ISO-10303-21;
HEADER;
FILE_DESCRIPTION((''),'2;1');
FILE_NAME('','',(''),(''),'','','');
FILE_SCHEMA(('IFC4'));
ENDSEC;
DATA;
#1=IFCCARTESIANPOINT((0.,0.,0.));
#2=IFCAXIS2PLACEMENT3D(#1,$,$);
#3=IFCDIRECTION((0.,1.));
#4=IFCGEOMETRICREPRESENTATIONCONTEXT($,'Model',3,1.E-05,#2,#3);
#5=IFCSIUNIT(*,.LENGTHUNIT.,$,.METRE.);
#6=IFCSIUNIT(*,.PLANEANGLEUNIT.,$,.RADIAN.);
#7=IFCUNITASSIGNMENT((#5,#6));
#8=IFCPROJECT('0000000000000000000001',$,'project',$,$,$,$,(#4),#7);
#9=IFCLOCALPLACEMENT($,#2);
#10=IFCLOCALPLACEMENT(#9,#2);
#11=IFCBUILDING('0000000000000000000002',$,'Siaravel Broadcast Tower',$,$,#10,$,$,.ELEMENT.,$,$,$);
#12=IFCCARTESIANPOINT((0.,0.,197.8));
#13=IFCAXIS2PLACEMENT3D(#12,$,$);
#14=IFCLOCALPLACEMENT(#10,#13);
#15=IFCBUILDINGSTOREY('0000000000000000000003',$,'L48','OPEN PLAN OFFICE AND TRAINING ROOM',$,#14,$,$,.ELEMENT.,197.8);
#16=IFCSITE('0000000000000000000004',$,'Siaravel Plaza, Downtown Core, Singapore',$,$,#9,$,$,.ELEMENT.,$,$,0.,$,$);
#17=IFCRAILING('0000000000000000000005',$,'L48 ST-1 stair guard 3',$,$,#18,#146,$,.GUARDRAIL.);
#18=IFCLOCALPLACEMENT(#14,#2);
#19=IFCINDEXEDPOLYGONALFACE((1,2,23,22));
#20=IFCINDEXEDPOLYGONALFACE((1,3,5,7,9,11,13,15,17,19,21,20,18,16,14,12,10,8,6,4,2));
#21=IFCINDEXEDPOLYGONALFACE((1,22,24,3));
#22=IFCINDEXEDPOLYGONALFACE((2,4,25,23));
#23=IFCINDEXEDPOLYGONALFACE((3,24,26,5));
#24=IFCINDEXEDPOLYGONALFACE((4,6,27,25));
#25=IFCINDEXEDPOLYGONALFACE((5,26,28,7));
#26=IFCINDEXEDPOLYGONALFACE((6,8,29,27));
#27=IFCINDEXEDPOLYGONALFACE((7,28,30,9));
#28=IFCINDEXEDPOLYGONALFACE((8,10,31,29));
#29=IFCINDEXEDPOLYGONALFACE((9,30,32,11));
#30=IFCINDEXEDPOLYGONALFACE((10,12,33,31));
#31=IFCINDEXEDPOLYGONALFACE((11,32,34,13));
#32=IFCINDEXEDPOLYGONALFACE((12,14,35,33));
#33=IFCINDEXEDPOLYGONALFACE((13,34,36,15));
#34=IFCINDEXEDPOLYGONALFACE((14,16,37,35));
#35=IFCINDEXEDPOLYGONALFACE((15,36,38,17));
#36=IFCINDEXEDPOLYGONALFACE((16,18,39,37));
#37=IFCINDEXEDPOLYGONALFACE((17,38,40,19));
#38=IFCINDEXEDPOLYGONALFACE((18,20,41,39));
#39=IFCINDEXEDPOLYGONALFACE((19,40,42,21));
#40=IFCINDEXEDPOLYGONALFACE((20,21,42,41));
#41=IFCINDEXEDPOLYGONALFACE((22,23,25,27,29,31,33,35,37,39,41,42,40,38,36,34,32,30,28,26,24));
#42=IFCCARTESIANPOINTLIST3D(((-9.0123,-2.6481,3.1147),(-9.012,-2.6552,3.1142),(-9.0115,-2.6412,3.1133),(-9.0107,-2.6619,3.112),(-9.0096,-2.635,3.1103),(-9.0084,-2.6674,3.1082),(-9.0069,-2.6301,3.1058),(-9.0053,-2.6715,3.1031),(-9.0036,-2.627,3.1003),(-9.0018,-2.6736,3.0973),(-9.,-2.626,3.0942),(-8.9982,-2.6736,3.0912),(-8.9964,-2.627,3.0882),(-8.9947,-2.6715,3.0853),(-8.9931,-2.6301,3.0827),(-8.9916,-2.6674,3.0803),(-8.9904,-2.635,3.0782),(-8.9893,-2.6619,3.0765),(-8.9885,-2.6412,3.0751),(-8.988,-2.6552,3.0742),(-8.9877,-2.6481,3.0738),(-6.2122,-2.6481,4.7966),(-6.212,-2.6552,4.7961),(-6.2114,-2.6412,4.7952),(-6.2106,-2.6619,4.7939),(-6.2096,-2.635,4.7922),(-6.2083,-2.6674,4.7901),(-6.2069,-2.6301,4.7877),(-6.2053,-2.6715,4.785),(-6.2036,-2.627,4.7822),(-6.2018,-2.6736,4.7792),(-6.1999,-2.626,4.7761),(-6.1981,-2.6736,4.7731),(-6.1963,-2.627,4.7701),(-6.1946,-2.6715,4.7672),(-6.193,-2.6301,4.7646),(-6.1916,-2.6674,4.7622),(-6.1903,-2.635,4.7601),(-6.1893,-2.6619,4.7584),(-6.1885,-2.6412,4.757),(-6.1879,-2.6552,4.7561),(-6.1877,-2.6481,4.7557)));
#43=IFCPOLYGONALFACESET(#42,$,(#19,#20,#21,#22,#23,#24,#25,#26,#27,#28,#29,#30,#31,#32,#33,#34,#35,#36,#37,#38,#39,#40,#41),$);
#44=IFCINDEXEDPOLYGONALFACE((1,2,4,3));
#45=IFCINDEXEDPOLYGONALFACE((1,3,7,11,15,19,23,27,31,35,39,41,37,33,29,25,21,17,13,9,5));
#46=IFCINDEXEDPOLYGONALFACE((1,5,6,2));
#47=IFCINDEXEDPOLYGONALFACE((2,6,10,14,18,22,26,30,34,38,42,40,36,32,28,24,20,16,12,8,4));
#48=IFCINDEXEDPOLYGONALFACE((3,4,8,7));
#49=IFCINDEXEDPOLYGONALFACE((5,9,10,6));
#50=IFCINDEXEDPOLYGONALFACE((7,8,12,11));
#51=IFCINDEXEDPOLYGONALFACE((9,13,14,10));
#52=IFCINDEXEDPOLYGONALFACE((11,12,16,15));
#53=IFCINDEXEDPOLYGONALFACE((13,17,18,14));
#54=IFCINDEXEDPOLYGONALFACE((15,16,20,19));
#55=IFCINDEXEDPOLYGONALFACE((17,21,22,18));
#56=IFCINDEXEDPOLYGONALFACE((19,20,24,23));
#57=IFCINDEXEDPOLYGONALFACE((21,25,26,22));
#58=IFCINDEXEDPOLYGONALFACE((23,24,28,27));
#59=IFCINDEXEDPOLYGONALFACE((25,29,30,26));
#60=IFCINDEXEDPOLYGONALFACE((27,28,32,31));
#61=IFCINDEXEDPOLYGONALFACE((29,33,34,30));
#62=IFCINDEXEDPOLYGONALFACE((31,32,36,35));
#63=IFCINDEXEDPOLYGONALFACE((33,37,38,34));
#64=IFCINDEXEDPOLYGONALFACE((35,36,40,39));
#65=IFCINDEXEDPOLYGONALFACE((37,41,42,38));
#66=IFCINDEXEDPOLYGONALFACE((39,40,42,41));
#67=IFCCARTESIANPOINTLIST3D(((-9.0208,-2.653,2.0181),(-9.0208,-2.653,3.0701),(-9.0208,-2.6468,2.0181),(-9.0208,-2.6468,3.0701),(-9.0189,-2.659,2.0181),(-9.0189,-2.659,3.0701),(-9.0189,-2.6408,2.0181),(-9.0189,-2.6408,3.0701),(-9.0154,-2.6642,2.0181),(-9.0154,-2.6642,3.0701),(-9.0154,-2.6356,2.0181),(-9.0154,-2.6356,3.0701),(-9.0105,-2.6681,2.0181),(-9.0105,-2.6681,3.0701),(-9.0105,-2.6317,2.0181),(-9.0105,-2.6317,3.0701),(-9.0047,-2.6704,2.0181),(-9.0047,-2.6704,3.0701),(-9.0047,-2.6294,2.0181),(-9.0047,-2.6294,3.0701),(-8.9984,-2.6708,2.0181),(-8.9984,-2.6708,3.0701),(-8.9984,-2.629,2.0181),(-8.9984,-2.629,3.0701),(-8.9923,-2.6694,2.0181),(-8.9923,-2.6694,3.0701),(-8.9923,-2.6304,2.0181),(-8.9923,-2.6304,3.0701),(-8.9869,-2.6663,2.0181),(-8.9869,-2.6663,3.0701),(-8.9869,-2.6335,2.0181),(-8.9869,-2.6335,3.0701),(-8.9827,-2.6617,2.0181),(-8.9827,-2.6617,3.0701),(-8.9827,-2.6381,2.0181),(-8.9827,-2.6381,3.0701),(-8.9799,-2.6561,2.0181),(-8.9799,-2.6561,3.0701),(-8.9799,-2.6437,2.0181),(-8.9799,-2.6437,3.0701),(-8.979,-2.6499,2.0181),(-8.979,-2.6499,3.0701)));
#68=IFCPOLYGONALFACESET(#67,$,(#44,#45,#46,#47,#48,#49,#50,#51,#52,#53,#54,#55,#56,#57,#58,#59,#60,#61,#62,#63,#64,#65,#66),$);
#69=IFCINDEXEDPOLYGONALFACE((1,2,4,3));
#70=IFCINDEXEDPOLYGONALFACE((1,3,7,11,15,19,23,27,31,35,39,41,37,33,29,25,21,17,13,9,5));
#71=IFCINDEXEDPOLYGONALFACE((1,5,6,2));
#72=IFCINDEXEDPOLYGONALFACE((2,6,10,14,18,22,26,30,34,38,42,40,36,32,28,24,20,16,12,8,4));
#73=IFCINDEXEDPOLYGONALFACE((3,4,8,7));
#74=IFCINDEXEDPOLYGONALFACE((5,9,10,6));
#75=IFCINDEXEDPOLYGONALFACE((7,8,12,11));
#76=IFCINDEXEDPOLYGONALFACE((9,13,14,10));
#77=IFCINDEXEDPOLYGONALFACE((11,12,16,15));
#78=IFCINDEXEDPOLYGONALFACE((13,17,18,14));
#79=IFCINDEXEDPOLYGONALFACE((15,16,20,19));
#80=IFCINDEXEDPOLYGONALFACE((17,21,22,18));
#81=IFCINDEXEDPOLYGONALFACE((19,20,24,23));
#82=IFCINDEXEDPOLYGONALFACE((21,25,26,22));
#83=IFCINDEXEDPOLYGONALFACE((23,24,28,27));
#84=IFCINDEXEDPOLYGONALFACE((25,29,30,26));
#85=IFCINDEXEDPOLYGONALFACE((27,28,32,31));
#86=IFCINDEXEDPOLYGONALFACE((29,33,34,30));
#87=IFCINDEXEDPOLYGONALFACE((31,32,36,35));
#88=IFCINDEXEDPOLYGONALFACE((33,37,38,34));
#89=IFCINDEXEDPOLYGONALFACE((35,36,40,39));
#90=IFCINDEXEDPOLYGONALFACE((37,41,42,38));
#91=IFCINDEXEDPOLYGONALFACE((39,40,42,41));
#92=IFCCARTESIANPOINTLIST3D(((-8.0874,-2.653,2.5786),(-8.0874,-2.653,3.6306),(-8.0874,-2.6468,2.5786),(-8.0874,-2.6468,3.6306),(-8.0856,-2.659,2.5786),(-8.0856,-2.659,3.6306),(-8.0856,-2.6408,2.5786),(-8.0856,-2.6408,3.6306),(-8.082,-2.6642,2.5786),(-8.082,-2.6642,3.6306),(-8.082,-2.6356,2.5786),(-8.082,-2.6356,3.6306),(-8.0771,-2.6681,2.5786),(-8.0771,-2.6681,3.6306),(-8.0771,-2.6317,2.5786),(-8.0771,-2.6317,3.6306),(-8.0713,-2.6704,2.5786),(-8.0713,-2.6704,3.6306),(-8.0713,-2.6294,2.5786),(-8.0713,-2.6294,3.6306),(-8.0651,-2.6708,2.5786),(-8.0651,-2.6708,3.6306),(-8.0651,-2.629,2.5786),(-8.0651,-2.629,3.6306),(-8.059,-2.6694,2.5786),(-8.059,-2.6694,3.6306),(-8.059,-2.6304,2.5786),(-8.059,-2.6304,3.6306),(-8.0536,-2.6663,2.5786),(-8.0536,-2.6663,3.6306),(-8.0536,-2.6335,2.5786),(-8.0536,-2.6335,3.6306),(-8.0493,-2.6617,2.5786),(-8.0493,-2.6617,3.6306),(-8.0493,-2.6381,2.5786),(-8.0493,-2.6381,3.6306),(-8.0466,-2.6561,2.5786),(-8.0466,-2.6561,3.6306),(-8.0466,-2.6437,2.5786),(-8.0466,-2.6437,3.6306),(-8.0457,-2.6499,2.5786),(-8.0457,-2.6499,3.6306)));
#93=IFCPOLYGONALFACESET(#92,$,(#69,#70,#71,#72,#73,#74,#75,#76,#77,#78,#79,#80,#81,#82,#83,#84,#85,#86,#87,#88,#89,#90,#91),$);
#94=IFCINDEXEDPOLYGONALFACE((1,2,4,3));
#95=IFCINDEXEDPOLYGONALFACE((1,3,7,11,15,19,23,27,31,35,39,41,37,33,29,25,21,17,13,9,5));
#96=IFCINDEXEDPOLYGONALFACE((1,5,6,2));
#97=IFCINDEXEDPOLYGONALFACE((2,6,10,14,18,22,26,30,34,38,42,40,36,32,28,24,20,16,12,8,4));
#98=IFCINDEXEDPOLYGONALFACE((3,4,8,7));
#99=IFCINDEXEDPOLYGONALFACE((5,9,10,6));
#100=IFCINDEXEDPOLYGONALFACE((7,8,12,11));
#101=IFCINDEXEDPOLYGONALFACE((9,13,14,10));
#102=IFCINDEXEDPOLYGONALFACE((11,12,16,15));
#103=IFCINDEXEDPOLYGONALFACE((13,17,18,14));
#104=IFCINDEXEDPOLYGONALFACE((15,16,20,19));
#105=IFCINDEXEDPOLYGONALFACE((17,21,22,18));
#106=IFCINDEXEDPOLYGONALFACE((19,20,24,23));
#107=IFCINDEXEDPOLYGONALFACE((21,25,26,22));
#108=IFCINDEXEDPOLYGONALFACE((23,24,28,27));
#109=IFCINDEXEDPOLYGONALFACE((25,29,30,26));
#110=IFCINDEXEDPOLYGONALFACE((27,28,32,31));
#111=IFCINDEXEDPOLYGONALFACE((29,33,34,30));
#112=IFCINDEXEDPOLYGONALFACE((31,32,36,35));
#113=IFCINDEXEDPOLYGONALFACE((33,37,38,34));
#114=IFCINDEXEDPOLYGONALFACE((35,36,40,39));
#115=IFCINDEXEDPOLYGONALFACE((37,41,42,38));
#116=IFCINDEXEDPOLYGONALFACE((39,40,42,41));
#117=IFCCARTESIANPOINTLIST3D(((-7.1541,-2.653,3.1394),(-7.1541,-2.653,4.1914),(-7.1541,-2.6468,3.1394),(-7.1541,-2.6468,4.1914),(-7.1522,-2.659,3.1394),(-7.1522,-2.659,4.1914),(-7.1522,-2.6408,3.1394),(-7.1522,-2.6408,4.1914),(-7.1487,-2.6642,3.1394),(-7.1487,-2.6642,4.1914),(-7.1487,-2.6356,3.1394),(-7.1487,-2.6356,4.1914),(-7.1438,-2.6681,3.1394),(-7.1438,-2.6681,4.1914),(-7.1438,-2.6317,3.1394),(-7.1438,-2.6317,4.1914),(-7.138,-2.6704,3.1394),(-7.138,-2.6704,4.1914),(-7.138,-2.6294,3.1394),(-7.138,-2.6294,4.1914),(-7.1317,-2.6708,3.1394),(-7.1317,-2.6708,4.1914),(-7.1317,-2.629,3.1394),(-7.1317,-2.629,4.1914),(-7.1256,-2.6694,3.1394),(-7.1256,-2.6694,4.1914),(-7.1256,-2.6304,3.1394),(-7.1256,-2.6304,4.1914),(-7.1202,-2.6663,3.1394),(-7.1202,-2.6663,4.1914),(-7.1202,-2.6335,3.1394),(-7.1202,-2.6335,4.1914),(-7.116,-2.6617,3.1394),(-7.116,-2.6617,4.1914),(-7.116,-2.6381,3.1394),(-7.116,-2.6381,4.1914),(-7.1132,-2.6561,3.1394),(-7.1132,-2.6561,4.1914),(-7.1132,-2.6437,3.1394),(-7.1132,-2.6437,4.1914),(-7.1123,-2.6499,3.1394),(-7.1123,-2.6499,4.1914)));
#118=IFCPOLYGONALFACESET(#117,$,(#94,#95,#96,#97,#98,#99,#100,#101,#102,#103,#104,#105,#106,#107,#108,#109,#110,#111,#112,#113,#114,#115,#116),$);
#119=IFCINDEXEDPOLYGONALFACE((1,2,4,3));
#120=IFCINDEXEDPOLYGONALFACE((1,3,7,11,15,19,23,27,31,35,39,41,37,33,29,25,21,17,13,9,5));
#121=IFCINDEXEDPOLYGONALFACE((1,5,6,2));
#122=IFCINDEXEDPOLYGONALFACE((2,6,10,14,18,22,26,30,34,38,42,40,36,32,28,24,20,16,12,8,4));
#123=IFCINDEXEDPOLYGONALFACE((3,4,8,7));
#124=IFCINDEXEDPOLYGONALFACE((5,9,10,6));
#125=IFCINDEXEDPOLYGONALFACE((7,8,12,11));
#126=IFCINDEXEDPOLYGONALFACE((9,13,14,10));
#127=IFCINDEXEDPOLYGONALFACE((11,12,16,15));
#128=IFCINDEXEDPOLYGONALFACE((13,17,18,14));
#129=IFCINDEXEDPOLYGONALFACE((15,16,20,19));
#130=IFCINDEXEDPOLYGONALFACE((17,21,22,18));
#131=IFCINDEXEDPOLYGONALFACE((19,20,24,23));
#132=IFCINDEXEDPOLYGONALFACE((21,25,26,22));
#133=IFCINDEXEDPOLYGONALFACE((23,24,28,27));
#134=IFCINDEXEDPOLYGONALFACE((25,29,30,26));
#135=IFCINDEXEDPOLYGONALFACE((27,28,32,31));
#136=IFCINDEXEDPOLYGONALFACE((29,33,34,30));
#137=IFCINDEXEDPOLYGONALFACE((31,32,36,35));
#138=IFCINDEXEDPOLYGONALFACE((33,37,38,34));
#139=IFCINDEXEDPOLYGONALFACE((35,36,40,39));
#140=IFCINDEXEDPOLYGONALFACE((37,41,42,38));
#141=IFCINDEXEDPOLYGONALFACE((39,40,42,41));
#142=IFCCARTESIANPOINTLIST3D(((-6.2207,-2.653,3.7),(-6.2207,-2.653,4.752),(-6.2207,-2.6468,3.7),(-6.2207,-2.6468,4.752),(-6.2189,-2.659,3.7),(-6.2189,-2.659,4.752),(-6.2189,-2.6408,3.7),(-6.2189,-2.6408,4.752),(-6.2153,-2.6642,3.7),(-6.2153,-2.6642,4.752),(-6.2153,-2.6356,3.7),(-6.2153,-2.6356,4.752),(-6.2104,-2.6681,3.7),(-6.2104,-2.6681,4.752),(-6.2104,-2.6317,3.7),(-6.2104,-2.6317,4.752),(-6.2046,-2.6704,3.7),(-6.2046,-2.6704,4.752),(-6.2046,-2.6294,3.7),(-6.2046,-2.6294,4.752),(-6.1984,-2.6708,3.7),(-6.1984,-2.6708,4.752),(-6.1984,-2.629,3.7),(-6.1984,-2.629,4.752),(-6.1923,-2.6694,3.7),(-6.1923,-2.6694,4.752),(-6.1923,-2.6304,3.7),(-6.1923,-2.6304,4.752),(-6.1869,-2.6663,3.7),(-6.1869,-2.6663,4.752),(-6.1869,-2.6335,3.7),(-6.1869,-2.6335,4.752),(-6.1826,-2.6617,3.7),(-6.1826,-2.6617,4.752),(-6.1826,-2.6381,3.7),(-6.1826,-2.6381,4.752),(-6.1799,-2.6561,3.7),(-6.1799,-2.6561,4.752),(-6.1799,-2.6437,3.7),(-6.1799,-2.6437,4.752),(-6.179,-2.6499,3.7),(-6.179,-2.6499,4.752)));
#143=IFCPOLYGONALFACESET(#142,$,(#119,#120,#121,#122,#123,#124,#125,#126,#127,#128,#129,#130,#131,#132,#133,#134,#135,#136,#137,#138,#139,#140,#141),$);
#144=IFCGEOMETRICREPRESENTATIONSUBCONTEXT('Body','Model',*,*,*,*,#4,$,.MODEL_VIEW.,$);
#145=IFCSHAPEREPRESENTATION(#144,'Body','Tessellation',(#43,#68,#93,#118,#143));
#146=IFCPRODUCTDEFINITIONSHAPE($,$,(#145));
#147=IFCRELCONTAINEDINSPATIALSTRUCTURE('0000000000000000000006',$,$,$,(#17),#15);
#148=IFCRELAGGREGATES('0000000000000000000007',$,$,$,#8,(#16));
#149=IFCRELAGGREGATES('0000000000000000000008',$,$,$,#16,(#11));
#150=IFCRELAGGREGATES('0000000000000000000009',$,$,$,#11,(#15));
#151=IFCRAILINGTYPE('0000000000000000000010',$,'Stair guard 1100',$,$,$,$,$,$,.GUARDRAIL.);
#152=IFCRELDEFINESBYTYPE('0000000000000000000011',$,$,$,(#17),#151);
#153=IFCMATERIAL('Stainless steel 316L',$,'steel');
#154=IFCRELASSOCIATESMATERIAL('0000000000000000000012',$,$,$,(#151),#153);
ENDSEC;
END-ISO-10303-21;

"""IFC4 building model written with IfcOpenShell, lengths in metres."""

from ifc_helpers import new_model, si_unit, direction, frame, origin, origin_2d, place, context, subcontext, project, spatial, circle, extrude, material, type_object, element, save


model = new_model("IFC4")

# Units and contexts
model_context = context("Model", 3, precision=1e-05, world=origin(), true_north=direction((0.0, 1.0)))
body_context = subcontext(model_context, "Body", "Model", "MODEL_VIEW")
ifc_project = project(units=[si_unit("LENGTHUNIT", "METRE"), si_unit("PLANEANGLEUNIT", "RADIAN")], contexts=[model_context])

# Site, building, storey
site_placement = place(None, origin())
site = spatial("IfcSite", under=ifc_project, at=site_placement, Name="Siaravel Plaza, Downtown Core, Singapore", CompositionType="ELEMENT", RefElevation=0.0)
building_placement = place(site_placement, origin())
building = spatial("IfcBuilding", under=site, at=building_placement, Name="Siaravel Broadcast Tower", CompositionType="ELEMENT")
storey_placement = place(building_placement, frame((0.0, 0.0, 197.8)))
storey = spatial("IfcBuildingStorey", under=building, at=storey_placement, Name="L48", Description="OPEN PLAN OFFICE AND TRAINING ROOM", CompositionType="ELEMENT", Elevation=197.8)

# Shared definitions
ifc_material_1 = material(Name="Stainless steel 316L", Category="steel")

# Railing
railing_type_1 = type_object("IfcRailingType", Name="Stair guard 1100", PredefinedType="GUARDRAIL", material=ifc_material_1)
railing_1_placement = place(storey_placement, frame((-9.0, -2.6499, 2.0181)))
element("IfcRailing", 1, at=railing_1_placement, inside=storey, type_object=railing_type_1, Name="L48 ST-1 stair guard 3", PredefinedType="GUARDRAIL", context=body_context, shape_type="SweptSolid", body=[
    extrude(circle(Radius=0.0239, at=origin_2d()), frame((0.0, 0.0, 1.0762), z_axis=(0.857242, 0.0, 0.514913), x_axis=(0.0, 1.0, 0.0)), (0.0, 0.0, 1.0), 3.2664),
    extrude(circle(Radius=0.021, at=origin_2d()), origin(), (0.0, 0.0, 1.0), 1.052),
    extrude(circle(Radius=0.021, at=origin_2d()), frame((0.9333, 0.0, 0.5605)), (0.0, 0.0, 1.0), 1.052),
    extrude(circle(Radius=0.021, at=origin_2d()), frame((1.8667, 0.0, 1.1213)), (0.0, 0.0, 1.0), 1.052),
    extrude(circle(Radius=0.021, at=origin_2d()), frame((2.8, 0.0, 1.6819)), (0.0, 0.0, 1.0), 1.052),
])

save(model, "model.ifc")
